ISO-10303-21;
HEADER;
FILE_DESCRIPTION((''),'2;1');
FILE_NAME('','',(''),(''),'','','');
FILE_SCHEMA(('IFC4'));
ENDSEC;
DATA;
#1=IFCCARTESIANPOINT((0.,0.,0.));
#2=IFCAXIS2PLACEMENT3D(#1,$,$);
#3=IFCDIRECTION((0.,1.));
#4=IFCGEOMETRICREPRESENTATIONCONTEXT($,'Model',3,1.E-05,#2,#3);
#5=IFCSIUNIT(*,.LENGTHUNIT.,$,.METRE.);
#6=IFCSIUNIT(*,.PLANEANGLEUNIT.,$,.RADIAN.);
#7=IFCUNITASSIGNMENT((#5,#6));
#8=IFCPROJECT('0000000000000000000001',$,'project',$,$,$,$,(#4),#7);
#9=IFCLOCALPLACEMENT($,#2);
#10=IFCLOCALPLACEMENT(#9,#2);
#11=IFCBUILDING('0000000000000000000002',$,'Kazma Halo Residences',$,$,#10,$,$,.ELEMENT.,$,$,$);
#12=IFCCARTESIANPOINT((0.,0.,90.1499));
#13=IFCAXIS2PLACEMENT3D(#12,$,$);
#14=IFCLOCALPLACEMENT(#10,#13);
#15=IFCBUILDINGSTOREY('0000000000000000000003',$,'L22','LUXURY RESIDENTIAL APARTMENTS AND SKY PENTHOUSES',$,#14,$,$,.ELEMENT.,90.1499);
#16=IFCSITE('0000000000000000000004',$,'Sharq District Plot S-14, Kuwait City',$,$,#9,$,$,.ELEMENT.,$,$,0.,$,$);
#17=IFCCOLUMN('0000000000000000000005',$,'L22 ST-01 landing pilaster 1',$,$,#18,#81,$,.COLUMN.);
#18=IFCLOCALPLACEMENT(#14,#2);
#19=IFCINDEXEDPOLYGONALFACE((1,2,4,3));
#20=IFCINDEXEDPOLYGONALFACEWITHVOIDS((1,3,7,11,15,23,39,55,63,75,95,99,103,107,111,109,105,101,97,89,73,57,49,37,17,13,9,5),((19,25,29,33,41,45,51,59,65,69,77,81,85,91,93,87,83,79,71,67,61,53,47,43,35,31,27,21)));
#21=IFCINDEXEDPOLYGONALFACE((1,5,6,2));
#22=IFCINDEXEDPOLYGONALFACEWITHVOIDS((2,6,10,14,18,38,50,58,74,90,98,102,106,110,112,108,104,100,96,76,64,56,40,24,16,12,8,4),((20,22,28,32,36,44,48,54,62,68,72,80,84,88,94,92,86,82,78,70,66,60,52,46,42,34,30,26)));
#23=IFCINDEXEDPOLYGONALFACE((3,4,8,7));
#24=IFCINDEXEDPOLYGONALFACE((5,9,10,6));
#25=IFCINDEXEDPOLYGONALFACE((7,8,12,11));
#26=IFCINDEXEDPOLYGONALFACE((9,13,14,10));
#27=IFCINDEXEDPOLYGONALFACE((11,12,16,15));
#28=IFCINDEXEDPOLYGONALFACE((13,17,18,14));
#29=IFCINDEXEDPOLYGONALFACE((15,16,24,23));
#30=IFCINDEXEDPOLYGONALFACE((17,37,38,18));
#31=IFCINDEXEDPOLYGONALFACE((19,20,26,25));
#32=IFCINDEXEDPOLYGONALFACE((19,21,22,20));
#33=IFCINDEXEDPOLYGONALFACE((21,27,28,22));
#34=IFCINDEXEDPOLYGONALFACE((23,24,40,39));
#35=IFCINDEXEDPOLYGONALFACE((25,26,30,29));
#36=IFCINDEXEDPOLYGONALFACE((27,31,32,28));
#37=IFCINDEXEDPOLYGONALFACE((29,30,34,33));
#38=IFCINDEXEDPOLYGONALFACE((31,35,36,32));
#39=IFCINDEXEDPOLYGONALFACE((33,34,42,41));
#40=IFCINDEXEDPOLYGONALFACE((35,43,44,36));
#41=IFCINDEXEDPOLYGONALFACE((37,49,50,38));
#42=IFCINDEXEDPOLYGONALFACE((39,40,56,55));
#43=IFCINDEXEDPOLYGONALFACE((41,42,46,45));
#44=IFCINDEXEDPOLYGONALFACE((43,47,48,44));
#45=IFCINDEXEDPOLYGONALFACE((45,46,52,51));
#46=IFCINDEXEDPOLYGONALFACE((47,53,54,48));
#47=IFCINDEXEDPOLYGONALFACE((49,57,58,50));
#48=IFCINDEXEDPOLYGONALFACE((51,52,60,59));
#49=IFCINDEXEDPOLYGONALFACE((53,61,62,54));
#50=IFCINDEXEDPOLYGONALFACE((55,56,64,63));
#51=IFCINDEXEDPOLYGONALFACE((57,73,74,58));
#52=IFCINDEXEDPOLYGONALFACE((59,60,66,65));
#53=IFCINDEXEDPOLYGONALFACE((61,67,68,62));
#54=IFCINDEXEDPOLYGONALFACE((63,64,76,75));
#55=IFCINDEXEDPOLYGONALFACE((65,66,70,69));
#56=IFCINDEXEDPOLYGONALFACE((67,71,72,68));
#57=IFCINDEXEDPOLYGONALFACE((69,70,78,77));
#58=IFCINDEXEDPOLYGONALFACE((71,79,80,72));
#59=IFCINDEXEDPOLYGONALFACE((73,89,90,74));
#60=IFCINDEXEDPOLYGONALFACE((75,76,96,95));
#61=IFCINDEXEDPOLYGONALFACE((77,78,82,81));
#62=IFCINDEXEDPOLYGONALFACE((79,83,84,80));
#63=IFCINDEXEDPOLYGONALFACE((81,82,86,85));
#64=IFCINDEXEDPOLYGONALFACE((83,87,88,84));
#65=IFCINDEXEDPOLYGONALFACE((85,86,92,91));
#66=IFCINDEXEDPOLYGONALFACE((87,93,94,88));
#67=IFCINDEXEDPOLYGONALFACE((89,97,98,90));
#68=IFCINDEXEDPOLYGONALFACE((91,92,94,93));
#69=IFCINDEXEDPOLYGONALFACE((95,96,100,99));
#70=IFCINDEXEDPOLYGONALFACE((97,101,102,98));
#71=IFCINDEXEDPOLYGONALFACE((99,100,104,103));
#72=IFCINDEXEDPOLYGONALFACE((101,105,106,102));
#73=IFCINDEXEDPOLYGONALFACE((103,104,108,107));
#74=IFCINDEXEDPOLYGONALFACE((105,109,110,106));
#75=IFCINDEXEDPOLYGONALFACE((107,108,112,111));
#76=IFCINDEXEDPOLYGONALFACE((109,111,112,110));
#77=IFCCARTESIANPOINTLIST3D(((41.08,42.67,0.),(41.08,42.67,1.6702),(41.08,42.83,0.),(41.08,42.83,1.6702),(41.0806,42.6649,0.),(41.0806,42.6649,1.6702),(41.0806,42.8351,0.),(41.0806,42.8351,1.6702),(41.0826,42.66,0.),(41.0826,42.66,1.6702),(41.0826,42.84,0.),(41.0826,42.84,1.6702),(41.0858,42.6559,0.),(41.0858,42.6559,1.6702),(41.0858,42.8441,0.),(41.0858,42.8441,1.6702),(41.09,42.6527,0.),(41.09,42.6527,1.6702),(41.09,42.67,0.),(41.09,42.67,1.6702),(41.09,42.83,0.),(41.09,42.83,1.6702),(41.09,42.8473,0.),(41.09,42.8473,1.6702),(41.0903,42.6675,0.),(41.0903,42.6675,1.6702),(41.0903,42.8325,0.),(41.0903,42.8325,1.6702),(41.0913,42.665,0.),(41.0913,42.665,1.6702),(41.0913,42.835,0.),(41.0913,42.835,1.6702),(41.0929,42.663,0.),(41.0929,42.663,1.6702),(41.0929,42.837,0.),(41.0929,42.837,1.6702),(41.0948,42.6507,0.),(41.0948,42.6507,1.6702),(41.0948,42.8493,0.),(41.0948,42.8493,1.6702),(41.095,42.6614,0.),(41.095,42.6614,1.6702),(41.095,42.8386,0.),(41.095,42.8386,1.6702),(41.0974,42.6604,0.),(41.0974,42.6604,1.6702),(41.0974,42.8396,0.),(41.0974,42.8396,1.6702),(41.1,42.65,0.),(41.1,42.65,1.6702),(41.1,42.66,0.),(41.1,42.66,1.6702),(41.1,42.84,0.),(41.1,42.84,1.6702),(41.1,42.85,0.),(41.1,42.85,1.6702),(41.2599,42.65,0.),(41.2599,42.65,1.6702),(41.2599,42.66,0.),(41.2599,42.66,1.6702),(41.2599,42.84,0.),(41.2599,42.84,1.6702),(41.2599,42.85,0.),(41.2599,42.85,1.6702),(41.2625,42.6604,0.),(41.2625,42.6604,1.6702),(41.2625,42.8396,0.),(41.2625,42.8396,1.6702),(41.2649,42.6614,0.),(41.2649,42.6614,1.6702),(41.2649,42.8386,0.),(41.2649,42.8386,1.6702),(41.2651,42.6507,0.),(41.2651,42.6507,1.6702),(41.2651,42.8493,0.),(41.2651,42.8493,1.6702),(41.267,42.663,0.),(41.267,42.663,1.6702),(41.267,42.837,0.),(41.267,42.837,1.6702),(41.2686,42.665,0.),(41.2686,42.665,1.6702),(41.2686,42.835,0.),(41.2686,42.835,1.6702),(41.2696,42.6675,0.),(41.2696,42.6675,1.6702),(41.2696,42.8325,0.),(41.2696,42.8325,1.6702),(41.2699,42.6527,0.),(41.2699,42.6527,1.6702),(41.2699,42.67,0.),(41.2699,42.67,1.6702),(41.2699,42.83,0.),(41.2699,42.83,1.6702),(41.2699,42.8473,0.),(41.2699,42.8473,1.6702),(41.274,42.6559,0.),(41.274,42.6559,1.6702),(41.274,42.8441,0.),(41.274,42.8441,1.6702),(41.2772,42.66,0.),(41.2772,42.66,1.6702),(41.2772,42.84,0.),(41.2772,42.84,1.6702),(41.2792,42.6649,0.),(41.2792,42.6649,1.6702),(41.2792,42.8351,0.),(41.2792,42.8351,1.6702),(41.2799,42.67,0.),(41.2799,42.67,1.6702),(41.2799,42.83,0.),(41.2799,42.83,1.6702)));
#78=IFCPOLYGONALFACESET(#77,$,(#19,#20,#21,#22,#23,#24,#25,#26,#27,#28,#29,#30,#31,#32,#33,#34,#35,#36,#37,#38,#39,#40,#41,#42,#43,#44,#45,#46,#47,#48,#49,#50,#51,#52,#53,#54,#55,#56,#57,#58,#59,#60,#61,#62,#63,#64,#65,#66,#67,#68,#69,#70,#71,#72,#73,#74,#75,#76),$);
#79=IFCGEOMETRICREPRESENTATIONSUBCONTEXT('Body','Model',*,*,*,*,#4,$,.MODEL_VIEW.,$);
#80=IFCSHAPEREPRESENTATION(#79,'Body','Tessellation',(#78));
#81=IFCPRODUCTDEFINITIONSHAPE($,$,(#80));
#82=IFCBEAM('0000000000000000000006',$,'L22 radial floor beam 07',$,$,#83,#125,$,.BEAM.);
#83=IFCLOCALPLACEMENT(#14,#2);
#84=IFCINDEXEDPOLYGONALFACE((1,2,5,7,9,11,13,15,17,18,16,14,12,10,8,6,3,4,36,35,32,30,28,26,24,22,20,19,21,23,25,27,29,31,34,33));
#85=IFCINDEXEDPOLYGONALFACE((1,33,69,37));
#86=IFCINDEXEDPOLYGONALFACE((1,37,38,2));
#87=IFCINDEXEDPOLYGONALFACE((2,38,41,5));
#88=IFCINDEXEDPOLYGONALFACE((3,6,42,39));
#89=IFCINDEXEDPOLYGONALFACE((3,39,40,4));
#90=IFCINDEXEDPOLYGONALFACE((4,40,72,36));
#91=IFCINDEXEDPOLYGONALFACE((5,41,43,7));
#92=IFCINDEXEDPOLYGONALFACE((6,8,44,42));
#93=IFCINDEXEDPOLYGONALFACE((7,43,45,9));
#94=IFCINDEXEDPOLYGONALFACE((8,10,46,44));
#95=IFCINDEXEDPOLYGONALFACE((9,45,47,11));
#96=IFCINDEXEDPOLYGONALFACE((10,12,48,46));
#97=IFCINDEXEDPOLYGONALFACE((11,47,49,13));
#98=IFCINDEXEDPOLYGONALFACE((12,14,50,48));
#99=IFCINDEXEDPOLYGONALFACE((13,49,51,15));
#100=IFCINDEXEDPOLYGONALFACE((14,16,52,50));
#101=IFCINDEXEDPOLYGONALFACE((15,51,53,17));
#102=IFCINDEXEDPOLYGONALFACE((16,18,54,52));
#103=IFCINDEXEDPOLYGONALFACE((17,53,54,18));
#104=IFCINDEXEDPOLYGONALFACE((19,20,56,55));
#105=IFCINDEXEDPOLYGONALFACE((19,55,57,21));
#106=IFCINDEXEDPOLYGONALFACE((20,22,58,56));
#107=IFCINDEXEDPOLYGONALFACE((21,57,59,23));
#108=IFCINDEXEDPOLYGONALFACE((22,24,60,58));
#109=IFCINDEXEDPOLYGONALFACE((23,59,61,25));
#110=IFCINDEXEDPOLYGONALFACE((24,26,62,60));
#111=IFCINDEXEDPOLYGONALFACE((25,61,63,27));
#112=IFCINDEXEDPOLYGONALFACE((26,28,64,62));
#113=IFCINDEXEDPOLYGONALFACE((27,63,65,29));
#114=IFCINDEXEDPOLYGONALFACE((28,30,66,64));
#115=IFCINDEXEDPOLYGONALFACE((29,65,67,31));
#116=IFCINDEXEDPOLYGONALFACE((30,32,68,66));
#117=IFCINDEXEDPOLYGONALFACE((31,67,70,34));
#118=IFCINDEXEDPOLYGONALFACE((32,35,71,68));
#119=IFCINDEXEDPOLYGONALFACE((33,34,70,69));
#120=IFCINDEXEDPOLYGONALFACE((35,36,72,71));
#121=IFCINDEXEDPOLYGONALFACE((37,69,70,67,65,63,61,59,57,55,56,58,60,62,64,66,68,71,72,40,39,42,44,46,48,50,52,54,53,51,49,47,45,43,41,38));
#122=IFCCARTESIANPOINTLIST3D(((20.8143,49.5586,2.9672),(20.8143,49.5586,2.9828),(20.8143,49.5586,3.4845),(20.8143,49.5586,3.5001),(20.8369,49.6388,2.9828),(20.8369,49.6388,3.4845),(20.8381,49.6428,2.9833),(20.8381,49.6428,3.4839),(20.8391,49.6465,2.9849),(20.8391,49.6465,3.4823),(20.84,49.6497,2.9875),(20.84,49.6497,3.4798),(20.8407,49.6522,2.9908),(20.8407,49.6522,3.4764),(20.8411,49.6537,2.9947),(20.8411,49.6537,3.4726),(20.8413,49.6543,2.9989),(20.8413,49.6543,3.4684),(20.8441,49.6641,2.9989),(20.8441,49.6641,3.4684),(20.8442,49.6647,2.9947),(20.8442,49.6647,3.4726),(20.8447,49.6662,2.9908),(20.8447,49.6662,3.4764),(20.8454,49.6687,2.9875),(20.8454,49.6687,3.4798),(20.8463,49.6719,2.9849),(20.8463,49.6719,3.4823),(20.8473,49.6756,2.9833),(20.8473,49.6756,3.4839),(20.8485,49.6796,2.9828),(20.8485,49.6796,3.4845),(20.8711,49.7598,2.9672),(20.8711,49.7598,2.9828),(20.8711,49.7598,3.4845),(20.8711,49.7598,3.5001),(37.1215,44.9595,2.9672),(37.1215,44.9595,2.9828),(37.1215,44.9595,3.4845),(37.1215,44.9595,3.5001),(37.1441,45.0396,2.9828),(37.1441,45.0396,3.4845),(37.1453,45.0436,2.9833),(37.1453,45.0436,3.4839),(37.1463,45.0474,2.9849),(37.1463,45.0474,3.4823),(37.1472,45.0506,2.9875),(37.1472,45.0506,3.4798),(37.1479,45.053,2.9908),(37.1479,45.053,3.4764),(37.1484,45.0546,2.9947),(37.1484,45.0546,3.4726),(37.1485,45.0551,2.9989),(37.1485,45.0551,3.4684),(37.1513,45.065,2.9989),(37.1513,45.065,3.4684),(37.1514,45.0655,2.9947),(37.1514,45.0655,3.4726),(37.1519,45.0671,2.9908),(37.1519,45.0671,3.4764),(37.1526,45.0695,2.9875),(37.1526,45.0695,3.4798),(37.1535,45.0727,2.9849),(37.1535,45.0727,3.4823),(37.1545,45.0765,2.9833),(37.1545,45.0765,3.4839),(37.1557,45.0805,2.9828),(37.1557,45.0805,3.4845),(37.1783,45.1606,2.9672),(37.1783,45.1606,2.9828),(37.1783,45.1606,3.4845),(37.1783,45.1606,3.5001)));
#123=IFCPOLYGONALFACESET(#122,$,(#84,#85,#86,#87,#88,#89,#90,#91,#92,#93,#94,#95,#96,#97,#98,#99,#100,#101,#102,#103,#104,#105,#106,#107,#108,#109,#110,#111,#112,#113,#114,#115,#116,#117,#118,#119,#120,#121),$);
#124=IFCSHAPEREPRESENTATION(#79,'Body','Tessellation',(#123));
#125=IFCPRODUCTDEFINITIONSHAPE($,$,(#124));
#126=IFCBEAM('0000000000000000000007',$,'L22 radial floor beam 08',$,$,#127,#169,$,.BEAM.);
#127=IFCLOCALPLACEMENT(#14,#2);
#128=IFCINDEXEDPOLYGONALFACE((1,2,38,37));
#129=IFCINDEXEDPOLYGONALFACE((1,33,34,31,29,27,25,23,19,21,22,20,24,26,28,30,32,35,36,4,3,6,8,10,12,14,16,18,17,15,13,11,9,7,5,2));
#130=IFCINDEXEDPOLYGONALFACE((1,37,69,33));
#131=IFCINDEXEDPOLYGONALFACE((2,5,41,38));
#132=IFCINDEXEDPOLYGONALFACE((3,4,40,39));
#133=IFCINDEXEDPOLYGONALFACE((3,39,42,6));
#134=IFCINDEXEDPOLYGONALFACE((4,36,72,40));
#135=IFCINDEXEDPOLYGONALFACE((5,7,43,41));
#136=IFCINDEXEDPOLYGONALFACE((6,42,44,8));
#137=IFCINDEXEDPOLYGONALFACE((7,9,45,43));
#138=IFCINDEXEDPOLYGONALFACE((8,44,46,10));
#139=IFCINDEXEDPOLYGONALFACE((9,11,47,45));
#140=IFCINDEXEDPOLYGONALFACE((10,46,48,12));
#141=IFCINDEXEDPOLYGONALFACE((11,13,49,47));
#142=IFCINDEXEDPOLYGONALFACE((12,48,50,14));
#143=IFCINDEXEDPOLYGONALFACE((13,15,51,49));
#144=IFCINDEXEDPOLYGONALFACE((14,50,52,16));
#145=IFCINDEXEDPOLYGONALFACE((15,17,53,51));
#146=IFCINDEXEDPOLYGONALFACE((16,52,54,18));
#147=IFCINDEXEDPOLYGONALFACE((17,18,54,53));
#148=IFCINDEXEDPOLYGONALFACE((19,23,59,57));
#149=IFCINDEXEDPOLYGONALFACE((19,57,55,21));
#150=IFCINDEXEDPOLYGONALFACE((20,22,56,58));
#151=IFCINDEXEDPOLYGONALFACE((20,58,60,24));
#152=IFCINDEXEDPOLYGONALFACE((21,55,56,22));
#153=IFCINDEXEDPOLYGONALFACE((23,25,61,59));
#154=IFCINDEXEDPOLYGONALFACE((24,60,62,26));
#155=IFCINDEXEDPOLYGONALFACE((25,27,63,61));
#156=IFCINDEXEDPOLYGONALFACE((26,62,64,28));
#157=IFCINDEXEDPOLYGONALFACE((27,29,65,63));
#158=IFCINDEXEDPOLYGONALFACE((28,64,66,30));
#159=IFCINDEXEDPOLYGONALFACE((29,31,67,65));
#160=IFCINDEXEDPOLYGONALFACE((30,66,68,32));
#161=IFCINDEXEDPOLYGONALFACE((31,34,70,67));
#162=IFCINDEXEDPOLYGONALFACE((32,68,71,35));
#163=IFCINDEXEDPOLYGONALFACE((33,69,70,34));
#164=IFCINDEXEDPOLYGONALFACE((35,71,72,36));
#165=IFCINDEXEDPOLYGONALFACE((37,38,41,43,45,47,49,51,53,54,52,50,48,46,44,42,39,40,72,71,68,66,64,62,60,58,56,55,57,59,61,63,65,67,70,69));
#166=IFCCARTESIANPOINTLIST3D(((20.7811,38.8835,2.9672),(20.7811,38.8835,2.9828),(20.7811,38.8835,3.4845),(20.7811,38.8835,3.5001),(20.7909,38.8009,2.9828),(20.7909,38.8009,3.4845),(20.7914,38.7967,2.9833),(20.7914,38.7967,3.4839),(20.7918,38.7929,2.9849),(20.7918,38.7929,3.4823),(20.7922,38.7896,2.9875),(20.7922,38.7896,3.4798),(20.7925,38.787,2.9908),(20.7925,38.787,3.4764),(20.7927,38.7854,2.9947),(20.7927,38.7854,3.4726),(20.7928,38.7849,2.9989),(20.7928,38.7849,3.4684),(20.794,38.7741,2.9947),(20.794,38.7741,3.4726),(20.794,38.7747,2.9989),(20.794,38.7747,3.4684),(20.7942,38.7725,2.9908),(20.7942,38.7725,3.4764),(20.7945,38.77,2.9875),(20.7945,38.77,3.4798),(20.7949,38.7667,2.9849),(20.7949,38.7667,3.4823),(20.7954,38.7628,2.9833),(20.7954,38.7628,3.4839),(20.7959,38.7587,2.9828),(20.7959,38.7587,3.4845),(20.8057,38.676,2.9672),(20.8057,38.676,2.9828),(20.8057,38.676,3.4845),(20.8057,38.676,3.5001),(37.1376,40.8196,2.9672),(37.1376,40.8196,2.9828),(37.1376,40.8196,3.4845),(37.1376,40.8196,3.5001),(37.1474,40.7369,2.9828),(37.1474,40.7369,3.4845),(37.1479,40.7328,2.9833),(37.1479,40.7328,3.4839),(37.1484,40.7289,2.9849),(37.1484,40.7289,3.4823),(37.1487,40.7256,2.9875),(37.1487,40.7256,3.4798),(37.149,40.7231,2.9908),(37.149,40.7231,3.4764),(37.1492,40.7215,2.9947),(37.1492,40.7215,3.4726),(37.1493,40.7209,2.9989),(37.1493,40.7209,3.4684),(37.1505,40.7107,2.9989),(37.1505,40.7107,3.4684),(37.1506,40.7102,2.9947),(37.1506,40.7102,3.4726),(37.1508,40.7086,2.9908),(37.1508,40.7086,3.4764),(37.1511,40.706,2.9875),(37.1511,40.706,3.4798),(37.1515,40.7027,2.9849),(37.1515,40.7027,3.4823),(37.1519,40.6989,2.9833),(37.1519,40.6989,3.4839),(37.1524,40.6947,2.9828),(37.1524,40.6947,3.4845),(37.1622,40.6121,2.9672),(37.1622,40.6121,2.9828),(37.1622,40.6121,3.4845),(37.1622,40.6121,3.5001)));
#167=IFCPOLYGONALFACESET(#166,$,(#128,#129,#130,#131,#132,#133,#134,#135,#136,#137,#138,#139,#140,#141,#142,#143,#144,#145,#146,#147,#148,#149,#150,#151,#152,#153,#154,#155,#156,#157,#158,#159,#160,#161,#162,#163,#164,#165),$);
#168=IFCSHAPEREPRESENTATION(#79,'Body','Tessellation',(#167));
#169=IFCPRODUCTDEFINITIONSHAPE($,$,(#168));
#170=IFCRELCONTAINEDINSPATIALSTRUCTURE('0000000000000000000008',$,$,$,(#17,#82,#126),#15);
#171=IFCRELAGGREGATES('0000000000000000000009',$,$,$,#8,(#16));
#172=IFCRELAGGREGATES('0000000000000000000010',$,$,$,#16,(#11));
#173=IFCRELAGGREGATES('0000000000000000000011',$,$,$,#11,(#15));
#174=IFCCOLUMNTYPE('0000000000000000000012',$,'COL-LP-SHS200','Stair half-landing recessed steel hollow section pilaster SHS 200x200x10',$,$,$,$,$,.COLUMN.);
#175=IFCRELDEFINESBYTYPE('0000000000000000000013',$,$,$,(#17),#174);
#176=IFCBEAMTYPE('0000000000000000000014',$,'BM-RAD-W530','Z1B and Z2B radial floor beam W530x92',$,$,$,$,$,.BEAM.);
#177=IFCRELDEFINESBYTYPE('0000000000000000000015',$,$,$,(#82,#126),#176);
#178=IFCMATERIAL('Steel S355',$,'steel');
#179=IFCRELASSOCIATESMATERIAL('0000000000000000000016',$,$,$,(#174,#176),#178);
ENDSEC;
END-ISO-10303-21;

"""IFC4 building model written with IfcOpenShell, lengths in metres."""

from ifc_helpers import new_model, si_unit, direction, frame, origin, origin_2d, place, context, subcontext, project, spatial, hollow_rectangle, i_section, extrude, material, material_profile, profile_set, type_object, element, save


model = new_model("IFC4")

# Units and contexts
model_context = context("Model", 3, precision=1e-05, world=origin(), true_north=direction((0.0, 1.0)))
body_context = subcontext(model_context, "Body", "Model", "MODEL_VIEW")
ifc_project = project(units=[si_unit("LENGTHUNIT", "METRE"), si_unit("PLANEANGLEUNIT", "RADIAN")], contexts=[model_context])

# Site, building, storey
site_placement = place(None, origin())
site = spatial("IfcSite", under=ifc_project, at=site_placement, Name="Sharq District Plot S-14, Kuwait City", CompositionType="ELEMENT", RefElevation=0.0)
building_placement = place(site_placement, origin())
building = spatial("IfcBuilding", under=site, at=building_placement, Name="Kazma Halo Residences", CompositionType="ELEMENT")
storey_placement = place(building_placement, frame((0.0, 0.0, 90.1499)))
storey = spatial("IfcBuildingStorey", under=building, at=storey_placement, Name="L22", Description="LUXURY RESIDENTIAL APARTMENTS AND SKY PENTHOUSES", CompositionType="ELEMENT", Elevation=90.1499)

# Column
ifc_material_1 = material(Name="Steel S355", Category="steel")
ifc_material_profile_1 = material_profile(ifc_material_1, hollow_rectangle(XDim=0.2, YDim=0.2, WallThickness=0.01, InnerFilletRadius=0.01, OuterFilletRadius=0.02, at=origin_2d()), Name="SHS200x200x10")
ifc_profile_set_1 = profile_set([ifc_material_profile_1], Name="Steel S355")
column_type = type_object("IfcColumnType", Name="COL-LP-SHS200", Description="Stair half-landing recessed steel hollow section pilaster SHS 200x200x10", PredefinedType="COLUMN", material=ifc_profile_set_1)
column_placement = place(storey_placement, frame((41.1799, 42.75, 0.0), z_axis=(0.0, 0.0, 1.0), x_axis=(1.0, 0.0, 0.0)))
element("IfcColumn", 1, at=column_placement, inside=storey, type_object=column_type, Name="L22 ST-01 landing pilaster 1", PredefinedType="COLUMN", context=body_context, shape_type="SweptSolid", body=[
    extrude(hollow_rectangle(XDim=0.2, YDim=0.2, WallThickness=0.01, InnerFilletRadius=0.01, OuterFilletRadius=0.02, at=origin_2d()), origin(), (0.0, 0.0, 1.0), 1.6702),
])

# Beams
ifc_material_profile_2 = material_profile(ifc_material_1, i_section(OverallWidth=0.209, OverallDepth=0.533, WebThickness=0.0103, FlangeThickness=0.0156, FilletRadius=0.0161, at=origin_2d()), Name="W530x92")
ifc_profile_set_2 = profile_set([ifc_material_profile_2], Name="Steel S355")
beam_type_1 = type_object("IfcBeamType", Name="BM-RAD-W530", Description="Z1B and Z2B radial floor beam W530x92", PredefinedType="BEAM", material=ifc_profile_set_2)
beam_1_placement = place(storey_placement, frame((37.1499, 45.0601, 3.2336), z_axis=(-0.962455, 0.271442, 0.0), x_axis=(-0.271442, -0.962455, 0.0)))
element("IfcBeam", 2, at=beam_1_placement, inside=storey, type_object=beam_type_1, Name="L22 radial floor beam 07", PredefinedType="BEAM", context=body_context, shape_type="SweptSolid", body=[
    extrude(i_section(OverallWidth=0.209, OverallDepth=0.533, WebThickness=0.0103, FlangeThickness=0.0156, FilletRadius=0.0161, at=origin_2d()), origin(), (0.0, 0.0, 1.0), 16.9434),
])
beam_2_placement = place(storey_placement, frame((37.1499, 40.7158, 3.2336), z_axis=(-0.993068, -0.117545, 0.0), x_axis=(0.117545, -0.993068, 0.0)))
element("IfcBeam", 3, at=beam_2_placement, inside=storey, type_object=beam_type_1, Name="L22 radial floor beam 08", PredefinedType="BEAM", context=body_context, shape_type="SweptSolid", body=[
    extrude(i_section(OverallWidth=0.209, OverallDepth=0.533, WebThickness=0.0103, FlangeThickness=0.0156, FilletRadius=0.0161, at=origin_2d()), origin(), (0.0, 0.0, 1.0), 16.4707),
])

save(model, "model.ifc")
